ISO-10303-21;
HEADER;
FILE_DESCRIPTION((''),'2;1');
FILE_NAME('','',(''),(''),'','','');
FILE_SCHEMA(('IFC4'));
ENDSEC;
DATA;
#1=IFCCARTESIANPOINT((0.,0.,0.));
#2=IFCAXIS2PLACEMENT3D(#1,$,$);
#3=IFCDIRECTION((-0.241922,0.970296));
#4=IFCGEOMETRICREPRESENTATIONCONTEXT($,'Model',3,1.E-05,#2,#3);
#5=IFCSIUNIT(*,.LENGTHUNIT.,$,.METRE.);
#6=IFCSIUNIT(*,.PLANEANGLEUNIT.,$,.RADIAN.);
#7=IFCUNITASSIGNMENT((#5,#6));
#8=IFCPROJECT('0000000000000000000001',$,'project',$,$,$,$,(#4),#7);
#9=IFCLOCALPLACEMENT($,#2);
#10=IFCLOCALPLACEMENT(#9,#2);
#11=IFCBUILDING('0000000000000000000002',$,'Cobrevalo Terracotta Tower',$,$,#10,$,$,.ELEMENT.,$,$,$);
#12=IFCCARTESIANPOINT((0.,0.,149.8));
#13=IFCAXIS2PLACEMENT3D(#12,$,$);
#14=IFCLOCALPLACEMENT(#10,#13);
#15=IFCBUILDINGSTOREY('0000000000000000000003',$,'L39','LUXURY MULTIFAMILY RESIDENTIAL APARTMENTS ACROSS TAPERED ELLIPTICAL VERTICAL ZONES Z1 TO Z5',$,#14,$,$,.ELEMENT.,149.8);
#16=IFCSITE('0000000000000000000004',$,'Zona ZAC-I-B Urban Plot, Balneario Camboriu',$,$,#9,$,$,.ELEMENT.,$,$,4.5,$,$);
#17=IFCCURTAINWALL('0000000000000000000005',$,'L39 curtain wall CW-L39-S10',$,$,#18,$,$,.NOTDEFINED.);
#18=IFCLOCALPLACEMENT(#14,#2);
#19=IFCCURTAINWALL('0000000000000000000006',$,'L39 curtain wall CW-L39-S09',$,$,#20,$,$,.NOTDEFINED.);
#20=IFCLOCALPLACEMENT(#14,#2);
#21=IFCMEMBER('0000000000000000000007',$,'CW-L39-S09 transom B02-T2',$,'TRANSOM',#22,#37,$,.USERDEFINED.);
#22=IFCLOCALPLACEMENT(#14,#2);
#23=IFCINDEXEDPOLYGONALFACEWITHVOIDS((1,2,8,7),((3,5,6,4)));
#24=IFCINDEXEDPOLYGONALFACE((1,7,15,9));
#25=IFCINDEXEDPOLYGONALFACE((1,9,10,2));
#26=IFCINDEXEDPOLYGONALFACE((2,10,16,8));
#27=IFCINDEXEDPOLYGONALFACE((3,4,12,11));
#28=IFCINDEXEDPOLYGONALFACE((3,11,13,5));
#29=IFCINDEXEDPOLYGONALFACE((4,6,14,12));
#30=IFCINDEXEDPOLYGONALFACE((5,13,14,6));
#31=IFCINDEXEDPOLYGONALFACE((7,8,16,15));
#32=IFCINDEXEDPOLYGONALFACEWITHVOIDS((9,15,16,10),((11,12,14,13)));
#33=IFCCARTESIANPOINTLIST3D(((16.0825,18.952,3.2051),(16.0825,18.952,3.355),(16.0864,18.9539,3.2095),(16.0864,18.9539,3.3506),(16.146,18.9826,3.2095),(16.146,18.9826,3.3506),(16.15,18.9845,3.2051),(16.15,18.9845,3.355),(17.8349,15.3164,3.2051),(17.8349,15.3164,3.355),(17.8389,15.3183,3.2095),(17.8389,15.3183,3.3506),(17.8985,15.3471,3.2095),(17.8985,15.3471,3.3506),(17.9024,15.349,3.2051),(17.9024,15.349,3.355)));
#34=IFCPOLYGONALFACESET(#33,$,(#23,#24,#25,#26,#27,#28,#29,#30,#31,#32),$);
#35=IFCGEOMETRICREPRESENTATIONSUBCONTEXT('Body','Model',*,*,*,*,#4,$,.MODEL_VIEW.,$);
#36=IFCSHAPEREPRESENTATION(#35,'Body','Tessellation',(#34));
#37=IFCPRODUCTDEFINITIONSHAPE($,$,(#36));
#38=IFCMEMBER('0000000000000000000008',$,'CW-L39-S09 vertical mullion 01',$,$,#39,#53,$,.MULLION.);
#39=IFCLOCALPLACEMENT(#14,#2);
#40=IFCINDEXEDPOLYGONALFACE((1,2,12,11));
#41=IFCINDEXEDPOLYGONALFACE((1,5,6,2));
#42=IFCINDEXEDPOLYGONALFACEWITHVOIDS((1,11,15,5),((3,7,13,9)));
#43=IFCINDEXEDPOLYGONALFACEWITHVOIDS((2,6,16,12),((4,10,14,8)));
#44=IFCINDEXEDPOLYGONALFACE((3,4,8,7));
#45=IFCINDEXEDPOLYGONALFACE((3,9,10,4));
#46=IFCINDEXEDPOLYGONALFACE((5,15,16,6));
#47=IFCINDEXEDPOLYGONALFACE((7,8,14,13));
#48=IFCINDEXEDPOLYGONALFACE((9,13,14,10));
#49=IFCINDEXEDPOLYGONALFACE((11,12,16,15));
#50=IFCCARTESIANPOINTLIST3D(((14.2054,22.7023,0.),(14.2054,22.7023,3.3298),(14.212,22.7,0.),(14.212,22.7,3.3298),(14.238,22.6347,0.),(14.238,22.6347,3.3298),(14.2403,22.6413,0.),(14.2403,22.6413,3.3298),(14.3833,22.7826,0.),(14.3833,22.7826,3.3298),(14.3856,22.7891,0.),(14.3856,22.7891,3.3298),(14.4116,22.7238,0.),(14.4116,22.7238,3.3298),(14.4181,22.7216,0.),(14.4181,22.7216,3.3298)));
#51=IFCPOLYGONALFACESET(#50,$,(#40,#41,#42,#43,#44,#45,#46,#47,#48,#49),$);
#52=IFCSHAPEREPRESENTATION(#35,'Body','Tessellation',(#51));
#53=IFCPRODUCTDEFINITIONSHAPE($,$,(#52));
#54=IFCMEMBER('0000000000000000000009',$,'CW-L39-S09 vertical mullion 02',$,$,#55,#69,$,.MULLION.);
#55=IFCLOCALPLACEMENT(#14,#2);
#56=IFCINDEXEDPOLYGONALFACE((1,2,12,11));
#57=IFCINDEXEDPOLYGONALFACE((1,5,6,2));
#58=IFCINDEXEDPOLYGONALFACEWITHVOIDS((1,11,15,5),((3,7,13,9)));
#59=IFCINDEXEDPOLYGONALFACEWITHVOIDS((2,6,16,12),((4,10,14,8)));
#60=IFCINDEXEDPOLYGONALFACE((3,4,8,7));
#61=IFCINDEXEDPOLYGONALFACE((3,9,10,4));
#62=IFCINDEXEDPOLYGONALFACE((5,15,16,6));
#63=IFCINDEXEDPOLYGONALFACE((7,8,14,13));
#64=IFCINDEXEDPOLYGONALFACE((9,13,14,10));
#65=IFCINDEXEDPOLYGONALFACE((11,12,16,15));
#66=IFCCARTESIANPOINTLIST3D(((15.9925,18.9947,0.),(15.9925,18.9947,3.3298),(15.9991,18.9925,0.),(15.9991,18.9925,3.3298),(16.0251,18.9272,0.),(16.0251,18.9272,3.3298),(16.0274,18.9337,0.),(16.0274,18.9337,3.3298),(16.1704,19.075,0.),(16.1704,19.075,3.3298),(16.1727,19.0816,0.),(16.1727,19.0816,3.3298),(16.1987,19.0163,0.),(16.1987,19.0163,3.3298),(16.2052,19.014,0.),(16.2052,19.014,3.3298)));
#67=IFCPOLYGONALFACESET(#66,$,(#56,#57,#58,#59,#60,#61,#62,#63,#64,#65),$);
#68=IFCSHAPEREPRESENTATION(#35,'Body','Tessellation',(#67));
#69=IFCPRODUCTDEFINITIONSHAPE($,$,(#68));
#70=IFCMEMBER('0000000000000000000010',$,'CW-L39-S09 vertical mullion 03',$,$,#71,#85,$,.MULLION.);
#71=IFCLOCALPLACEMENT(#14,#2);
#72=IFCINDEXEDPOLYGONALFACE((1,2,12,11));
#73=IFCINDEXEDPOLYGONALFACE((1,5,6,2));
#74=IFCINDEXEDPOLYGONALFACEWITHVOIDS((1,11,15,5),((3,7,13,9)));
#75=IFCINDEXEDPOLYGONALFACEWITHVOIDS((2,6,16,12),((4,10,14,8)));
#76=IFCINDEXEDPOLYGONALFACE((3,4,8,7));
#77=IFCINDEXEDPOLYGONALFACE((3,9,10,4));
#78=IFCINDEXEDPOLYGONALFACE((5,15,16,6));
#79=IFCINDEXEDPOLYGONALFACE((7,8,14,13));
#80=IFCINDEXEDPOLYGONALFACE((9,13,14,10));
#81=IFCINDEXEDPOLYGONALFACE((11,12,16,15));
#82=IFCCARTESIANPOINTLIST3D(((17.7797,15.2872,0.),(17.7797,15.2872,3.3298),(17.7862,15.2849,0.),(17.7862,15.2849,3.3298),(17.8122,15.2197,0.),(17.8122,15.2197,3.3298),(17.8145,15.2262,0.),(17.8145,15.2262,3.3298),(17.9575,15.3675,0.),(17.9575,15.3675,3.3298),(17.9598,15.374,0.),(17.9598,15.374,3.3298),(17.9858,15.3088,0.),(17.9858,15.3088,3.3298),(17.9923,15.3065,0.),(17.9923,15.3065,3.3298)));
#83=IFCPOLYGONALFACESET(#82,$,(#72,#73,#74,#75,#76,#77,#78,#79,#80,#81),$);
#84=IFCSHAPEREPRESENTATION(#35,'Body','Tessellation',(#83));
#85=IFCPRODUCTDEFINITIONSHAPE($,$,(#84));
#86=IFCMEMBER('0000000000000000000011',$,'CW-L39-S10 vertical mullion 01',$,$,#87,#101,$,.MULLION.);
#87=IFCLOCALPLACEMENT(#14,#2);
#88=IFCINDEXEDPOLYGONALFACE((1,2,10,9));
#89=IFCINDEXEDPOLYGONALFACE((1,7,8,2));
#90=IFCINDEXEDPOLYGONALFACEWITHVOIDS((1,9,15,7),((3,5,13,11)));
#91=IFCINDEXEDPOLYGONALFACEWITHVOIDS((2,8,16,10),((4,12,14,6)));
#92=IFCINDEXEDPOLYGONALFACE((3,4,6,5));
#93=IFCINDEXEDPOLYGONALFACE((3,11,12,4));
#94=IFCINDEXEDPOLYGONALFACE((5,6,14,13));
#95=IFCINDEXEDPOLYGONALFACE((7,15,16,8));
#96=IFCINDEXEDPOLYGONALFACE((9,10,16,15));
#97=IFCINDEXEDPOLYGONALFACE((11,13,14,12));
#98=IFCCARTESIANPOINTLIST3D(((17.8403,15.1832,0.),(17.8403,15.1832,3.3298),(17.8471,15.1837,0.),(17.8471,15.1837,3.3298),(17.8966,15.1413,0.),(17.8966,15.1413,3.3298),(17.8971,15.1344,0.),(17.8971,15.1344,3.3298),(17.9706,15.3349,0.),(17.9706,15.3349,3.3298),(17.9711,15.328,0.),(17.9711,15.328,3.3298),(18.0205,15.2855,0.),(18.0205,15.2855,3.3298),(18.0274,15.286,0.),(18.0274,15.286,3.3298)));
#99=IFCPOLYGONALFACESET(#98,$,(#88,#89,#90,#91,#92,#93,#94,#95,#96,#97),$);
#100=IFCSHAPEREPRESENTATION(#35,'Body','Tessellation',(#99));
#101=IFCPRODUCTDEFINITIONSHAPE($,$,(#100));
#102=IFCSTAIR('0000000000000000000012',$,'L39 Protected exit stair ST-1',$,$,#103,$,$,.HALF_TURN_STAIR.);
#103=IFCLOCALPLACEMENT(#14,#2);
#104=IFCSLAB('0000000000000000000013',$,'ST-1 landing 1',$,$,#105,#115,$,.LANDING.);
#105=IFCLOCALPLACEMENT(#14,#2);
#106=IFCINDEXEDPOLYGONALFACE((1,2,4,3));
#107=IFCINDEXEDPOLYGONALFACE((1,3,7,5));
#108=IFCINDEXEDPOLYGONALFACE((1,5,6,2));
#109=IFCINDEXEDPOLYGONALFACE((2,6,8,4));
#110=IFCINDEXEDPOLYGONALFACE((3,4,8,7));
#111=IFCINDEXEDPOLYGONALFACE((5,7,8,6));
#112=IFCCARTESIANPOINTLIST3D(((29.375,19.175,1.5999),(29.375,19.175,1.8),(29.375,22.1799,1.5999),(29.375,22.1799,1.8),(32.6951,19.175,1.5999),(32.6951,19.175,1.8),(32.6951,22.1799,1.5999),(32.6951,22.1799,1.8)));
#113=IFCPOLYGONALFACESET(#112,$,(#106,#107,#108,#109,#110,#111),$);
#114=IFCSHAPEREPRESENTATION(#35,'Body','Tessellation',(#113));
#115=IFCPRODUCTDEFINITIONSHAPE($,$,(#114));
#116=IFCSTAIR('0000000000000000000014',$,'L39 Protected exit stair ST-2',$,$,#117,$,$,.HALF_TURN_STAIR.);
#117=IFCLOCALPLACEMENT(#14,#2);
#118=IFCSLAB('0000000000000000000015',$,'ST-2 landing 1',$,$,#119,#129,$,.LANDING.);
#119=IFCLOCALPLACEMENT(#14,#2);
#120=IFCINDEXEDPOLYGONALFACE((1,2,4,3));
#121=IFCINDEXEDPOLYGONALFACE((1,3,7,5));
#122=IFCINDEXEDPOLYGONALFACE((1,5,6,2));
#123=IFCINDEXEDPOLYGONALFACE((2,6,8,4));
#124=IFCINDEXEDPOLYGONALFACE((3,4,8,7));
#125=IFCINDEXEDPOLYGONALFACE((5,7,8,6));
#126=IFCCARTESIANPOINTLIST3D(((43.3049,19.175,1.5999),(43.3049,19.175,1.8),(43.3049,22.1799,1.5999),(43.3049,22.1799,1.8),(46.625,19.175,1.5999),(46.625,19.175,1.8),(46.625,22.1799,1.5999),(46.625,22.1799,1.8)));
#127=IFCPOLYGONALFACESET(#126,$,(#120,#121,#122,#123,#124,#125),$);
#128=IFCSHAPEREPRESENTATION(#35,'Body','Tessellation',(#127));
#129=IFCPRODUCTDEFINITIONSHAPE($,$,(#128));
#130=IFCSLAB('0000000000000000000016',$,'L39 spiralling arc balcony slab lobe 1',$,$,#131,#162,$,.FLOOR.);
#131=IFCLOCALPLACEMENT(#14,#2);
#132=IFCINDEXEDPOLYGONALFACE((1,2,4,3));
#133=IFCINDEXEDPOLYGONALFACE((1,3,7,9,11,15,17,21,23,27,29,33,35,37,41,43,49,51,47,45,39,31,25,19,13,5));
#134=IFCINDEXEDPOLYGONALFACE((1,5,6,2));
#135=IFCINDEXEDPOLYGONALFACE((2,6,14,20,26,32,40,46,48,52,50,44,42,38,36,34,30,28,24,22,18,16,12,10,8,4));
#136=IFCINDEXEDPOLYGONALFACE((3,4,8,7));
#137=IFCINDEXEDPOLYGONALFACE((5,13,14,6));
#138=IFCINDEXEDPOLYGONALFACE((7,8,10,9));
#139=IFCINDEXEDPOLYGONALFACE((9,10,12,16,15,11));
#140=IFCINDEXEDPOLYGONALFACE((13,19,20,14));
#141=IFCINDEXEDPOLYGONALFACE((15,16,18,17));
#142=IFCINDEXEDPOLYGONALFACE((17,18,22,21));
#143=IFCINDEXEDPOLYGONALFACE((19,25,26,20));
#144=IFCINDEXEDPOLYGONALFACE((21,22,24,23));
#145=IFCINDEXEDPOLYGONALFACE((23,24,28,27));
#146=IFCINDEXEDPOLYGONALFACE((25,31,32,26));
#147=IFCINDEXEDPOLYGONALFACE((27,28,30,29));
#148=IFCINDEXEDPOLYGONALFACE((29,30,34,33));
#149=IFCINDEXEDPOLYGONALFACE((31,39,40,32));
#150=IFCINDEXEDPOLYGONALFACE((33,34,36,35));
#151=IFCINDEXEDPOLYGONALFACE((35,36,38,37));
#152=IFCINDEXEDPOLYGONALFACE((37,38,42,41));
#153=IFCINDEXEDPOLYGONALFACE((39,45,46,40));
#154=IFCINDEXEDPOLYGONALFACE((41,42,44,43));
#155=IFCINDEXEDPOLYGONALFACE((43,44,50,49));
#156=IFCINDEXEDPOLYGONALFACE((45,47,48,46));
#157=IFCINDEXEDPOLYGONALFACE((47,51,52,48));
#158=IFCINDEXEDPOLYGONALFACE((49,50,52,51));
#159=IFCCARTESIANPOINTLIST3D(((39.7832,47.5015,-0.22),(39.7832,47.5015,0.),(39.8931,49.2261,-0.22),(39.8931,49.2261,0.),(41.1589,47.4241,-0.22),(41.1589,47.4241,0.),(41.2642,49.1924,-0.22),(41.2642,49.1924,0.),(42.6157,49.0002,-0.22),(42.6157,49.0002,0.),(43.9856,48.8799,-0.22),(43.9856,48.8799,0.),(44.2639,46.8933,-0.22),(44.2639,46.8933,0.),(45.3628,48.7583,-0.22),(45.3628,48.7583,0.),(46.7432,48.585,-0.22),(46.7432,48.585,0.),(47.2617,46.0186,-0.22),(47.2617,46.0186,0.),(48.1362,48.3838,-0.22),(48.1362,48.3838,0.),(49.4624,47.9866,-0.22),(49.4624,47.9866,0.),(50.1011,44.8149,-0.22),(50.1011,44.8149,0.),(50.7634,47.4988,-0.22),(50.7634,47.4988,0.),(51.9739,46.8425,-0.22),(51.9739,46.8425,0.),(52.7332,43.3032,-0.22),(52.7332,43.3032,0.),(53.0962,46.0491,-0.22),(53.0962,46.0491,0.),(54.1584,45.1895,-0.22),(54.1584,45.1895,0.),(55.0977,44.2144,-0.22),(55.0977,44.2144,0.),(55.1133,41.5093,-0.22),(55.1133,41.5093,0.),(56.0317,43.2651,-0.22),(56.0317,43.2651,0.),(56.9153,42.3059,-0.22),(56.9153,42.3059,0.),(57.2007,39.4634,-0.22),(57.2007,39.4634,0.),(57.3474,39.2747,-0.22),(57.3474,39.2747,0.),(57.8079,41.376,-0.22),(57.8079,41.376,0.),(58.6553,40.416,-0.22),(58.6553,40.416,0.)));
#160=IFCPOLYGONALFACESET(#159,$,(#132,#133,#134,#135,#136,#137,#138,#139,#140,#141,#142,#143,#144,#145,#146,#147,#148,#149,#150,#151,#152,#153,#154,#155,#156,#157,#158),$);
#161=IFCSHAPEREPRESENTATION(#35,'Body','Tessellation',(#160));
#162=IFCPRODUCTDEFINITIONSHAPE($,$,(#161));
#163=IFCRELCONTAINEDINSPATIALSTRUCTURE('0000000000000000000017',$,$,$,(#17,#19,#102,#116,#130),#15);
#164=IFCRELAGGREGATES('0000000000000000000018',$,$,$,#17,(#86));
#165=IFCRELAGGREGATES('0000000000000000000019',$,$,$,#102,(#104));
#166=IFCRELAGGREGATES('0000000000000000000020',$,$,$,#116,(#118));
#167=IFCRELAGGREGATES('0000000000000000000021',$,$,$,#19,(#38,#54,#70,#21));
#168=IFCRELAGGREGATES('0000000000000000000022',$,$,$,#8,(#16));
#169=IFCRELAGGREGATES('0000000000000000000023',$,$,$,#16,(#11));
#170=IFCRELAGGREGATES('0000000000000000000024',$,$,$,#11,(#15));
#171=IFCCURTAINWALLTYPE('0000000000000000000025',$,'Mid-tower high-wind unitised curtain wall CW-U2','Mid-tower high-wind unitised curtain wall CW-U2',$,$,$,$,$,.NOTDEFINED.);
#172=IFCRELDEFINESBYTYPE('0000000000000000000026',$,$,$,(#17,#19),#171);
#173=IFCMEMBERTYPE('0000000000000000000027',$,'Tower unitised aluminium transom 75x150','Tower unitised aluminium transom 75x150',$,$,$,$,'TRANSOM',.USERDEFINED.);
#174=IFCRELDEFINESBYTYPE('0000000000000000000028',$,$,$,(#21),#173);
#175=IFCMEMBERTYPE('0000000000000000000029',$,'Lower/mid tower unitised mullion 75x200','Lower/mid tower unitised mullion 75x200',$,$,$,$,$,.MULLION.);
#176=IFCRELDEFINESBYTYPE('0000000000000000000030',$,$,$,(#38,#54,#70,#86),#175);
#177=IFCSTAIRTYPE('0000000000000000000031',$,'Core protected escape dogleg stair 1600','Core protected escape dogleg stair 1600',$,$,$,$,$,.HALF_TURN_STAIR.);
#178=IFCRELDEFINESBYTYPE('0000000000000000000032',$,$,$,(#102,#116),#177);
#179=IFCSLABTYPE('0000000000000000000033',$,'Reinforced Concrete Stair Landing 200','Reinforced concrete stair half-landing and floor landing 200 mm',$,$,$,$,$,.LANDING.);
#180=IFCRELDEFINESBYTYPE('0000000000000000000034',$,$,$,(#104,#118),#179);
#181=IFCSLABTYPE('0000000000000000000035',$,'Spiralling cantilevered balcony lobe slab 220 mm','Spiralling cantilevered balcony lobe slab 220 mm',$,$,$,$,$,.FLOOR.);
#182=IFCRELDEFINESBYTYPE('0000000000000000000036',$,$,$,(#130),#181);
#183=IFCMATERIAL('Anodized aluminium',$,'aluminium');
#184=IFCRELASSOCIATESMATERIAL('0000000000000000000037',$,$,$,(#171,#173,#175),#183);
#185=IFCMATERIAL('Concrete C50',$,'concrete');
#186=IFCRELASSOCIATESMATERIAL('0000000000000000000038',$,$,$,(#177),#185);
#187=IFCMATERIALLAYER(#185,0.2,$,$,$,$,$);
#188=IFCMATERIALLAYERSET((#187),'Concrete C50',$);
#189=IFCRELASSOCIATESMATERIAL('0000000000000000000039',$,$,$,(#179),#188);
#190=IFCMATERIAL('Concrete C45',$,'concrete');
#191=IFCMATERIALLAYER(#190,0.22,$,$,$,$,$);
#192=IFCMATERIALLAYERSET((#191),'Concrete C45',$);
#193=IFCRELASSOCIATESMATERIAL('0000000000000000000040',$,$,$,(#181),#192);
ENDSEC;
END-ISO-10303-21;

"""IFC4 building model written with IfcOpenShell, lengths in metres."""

from ifc_helpers import new_model, si_unit, direction, frame, origin, origin_2d, place, context, subcontext, project, spatial, polyline, hollow_rectangle, outline, extrude, source, transform, mapped, material, layer, layer_set, material_profile, profile_set, type_object, element, aggregate, save


model = new_model("IFC4")

# Units and contexts
model_context = context("Model", 3, precision=1e-05, world=origin(), true_north=direction((-0.241922, 0.970296)))
body_context = subcontext(model_context, "Body", "Model", "MODEL_VIEW")
ifc_project = project(units=[si_unit("LENGTHUNIT", "METRE"), si_unit("PLANEANGLEUNIT", "RADIAN")], contexts=[model_context])

# Site, building, storey
site_placement = place(None, origin())
site = spatial("IfcSite", under=ifc_project, at=site_placement, Name="Zona ZAC-I-B Urban Plot, Balneario Camboriu", CompositionType="ELEMENT", RefElevation=4.5)
building_placement = place(site_placement, origin())
building = spatial("IfcBuilding", under=site, at=building_placement, Name="Cobrevalo Terracotta Tower", CompositionType="ELEMENT")
storey_placement = place(building_placement, frame((0.0, 0.0, 149.8)))
storey = spatial("IfcBuildingStorey", under=building, at=storey_placement, Name="L39", Description="LUXURY MULTIFAMILY RESIDENTIAL APARTMENTS ACROSS TAPERED ELLIPTICAL VERTICAL ZONES Z1 TO Z5", CompositionType="ELEMENT", Elevation=149.8)

# Curtain walls, members
ifc_material_1 = material(Name="Anodized aluminium", Category="aluminium")
curtain_wall_type = type_object("IfcCurtainWallType", Name="Mid-tower high-wind unitised curtain wall CW-U2", Description="Mid-tower high-wind unitised curtain wall CW-U2", PredefinedType="NOTDEFINED", material=ifc_material_1)
curtain_wall_1_placement = place(storey_placement, origin())
curtain_wall_1 = element("IfcCurtainWall", 1, at=curtain_wall_1_placement, inside=storey, type_object=curtain_wall_type, Name="L39 curtain wall CW-L39-S10", PredefinedType="NOTDEFINED")
ifc_material_profile_1 = material_profile(ifc_material_1, hollow_rectangle(XDim=0.075, YDim=0.1499, WallThickness=0.0044, at=origin_2d()), Name="CWT 75x150")
ifc_profile_set_1 = profile_set([ifc_material_profile_1], Name="Anodized aluminium")
member_type_1 = type_object("IfcMemberType", Name="Tower unitised aluminium transom 75x150", Description="Tower unitised aluminium transom 75x150", ElementType="TRANSOM", PredefinedType="USERDEFINED", material=ifc_profile_set_1)
curtain_wall_2_placement = place(storey_placement, origin())
curtain_wall_2 = element("IfcCurtainWall", 2, at=curtain_wall_2_placement, inside=storey, type_object=curtain_wall_type, Name="L39 curtain wall CW-L39-S09", PredefinedType="NOTDEFINED")
shared_shape_1 = source(origin(), body_context, "Body", "SweptSolid", [
    extrude(hollow_rectangle(XDim=0.075, YDim=0.1499, WallThickness=0.0044, at=origin_2d()), origin(), (0.0, 0.0, 1.0), 4.0359),
])
member_1_placement = place(storey_placement, frame((16.1162, 18.9683, 3.28), z_axis=(0.434221, -0.900806, 0.0), x_axis=(0.900806, 0.434221, 0.0)))
member_1 = element("IfcMember", 3, at=member_1_placement, type_object=member_type_1, Name="CW-L39-S09 transom B02-T2", ObjectType="TRANSOM", PredefinedType="USERDEFINED", context=body_context, shape_type="MappedRepresentation", body=[
    mapped(shared_shape_1, transform((0.0, 0.0, 0.0), scale=1.0)),
])
ifc_material_profile_2 = material_profile(ifc_material_1, hollow_rectangle(XDim=0.075, YDim=0.2, WallThickness=0.0049, at=origin_2d()), Name="CWM 75x200")
ifc_profile_set_2 = profile_set([ifc_material_profile_2], Name="Anodized aluminium")
member_type_2 = type_object("IfcMemberType", Name="Lower/mid tower unitised mullion 75x200", Description="Lower/mid tower unitised mullion 75x200", PredefinedType="MULLION", material=ifc_profile_set_2)
shared_shape_2 = source(origin(), body_context, "Body", "SweptSolid", [
    extrude(hollow_rectangle(XDim=0.075, YDim=0.2, WallThickness=0.0049, at=origin_2d()), origin(), (0.0, 0.0, 1.0), 3.3298),
])
member_2_placement = place(storey_placement, frame((14.3118, 22.7119, 0.0), z_axis=(0.0, 0.0, 1.0), x_axis=(0.434209, -0.900812, 0.0)))
member_2 = element("IfcMember", 4, at=member_2_placement, type_object=member_type_2, Name="CW-L39-S09 vertical mullion 01", PredefinedType="MULLION", context=body_context, shape_type="MappedRepresentation", body=[
    mapped(shared_shape_2, transform((0.0, 0.0, 0.0), scale=1.0)),
])
member_3_placement = place(storey_placement, frame((16.0989, 19.0044, 0.0), z_axis=(0.0, 0.0, 1.0), x_axis=(0.434209, -0.900812, 0.0)))
member_3 = element("IfcMember", 5, at=member_3_placement, type_object=member_type_2, Name="CW-L39-S09 vertical mullion 02", PredefinedType="MULLION", context=body_context, shape_type="MappedRepresentation", body=[
    mapped(shared_shape_2, transform((0.0, 0.0, 0.0), scale=1.0)),
])
member_4_placement = place(storey_placement, frame((17.886, 15.2969, 0.0), z_axis=(0.0, 0.0, 1.0), x_axis=(0.434209, -0.900812, 0.0)))
member_4 = element("IfcMember", 6, at=member_4_placement, type_object=member_type_2, Name="CW-L39-S09 vertical mullion 03", PredefinedType="MULLION", context=body_context, shape_type="MappedRepresentation", body=[
    mapped(shared_shape_2, transform((0.0, 0.0, 0.0), scale=1.0)),
])

# Member
member_5_placement = place(storey_placement, frame((17.9338, 15.2346, 0.0), z_axis=(0.0, 0.0, 1.0), x_axis=(0.758442, -0.651741, 0.0)))
member_5 = element("IfcMember", 7, at=member_5_placement, type_object=member_type_2, Name="CW-L39-S10 vertical mullion 01", PredefinedType="MULLION", context=body_context, shape_type="MappedRepresentation", body=[
    mapped(shared_shape_2, transform((0.0, 0.0, 0.0), scale=1.0)),
])
aggregate(curtain_wall_1, [member_5])

# Stairs, slabs
ifc_material_2 = material(Name="Concrete C50", Category="concrete")
stair_type = type_object("IfcStairType", Name="Core protected escape dogleg stair 1600", Description="Core protected escape dogleg stair 1600", PredefinedType="HALF_TURN_STAIR", material=ifc_material_2)
stair_1_placement = place(storey_placement, origin())
stair_1 = element("IfcStair", 8, at=stair_1_placement, inside=storey, type_object=stair_type, Name="L39 Protected exit stair ST-1", PredefinedType="HALF_TURN_STAIR")
ifc_layer_1 = layer(ifc_material_2, 0.2)
ifc_layer_set_1 = layer_set([ifc_layer_1], Name="Concrete C50")
slab_type_1 = type_object("IfcSlabType", Name="Reinforced Concrete Stair Landing 200", Description="Reinforced concrete stair half-landing and floor landing 200 mm", PredefinedType="LANDING", material=ifc_layer_set_1)
slab_1_placement = place(storey_placement, frame((0.0, 0.0, 1.5999)))
slab_1 = element("IfcSlab", 9, at=slab_1_placement, type_object=slab_type_1, Name="ST-1 landing 1", PredefinedType="LANDING", context=body_context, shape_type="SweptSolid", body=[
    extrude(outline(polyline([(29.375, 22.1799), (29.375, 19.175), (32.6951, 19.175), (32.6951, 22.1799), (29.375, 22.1799)])), origin(), (0.0, 0.0, 1.0), 0.2002),
])
aggregate(stair_1, [slab_1])
stair_2_placement = place(storey_placement, origin())
stair_2 = element("IfcStair", 10, at=stair_2_placement, inside=storey, type_object=stair_type, Name="L39 Protected exit stair ST-2", PredefinedType="HALF_TURN_STAIR")
slab_2_placement = place(storey_placement, frame((0.0, 0.0, 1.5999)))
slab_2 = element("IfcSlab", 11, at=slab_2_placement, type_object=slab_type_1, Name="ST-2 landing 1", PredefinedType="LANDING", context=body_context, shape_type="SweptSolid", body=[
    extrude(outline(polyline([(43.3049, 22.1799), (43.3049, 19.175), (46.625, 19.175), (46.625, 22.1799), (43.3049, 22.1799)])), origin(), (0.0, 0.0, 1.0), 0.2002),
])
aggregate(stair_2, [slab_2])

# Slab
ifc_material_3 = material(Name="Concrete C45", Category="concrete")
ifc_layer_2 = layer(ifc_material_3, 0.22)
ifc_layer_set_2 = layer_set([ifc_layer_2], Name="Concrete C45")
slab_type_2 = type_object("IfcSlabType", Name="Spiralling cantilevered balcony lobe slab 220 mm", Description="Spiralling cantilevered balcony lobe slab 220 mm", PredefinedType="FLOOR", material=ifc_layer_set_2)
slab_3_placement = place(storey_placement, frame((0.0, 0.0, -0.22)))
element("IfcSlab", 12, at=slab_3_placement, inside=storey, type_object=slab_type_2, Name="L39 spiralling arc balcony slab lobe 1", PredefinedType="FLOOR", context=body_context, shape_type="SweptSolid", body=[
    extrude(outline(polyline([(58.6553, 40.416), (57.8079, 41.376), (56.9153, 42.3059), (56.0317, 43.2651), (55.0977, 44.2144), (54.1584, 45.1895), (53.0962, 46.0491), (51.9739, 46.8425), (50.7634, 47.4988), (49.4624, 47.9866), (48.1362, 48.3838), (46.7432, 48.585), (45.3628, 48.7583), (43.9856, 48.8799), (42.6157, 49.0002), (41.2642, 49.1924), (39.8931, 49.2261), (39.7832, 47.5015), (41.1589, 47.4241), (44.2639, 46.8933), (47.2617, 46.0186), (50.1011, 44.8149), (52.7332, 43.3032), (55.1133, 41.5093), (57.2007, 39.4634), (57.3474, 39.2747), (58.6553, 40.416)])), origin(), (0.0, 0.0, 1.0), 0.22),
])

aggregate(curtain_wall_2, [member_2, member_3, member_4, member_1])

save(model, "model.ifc")
